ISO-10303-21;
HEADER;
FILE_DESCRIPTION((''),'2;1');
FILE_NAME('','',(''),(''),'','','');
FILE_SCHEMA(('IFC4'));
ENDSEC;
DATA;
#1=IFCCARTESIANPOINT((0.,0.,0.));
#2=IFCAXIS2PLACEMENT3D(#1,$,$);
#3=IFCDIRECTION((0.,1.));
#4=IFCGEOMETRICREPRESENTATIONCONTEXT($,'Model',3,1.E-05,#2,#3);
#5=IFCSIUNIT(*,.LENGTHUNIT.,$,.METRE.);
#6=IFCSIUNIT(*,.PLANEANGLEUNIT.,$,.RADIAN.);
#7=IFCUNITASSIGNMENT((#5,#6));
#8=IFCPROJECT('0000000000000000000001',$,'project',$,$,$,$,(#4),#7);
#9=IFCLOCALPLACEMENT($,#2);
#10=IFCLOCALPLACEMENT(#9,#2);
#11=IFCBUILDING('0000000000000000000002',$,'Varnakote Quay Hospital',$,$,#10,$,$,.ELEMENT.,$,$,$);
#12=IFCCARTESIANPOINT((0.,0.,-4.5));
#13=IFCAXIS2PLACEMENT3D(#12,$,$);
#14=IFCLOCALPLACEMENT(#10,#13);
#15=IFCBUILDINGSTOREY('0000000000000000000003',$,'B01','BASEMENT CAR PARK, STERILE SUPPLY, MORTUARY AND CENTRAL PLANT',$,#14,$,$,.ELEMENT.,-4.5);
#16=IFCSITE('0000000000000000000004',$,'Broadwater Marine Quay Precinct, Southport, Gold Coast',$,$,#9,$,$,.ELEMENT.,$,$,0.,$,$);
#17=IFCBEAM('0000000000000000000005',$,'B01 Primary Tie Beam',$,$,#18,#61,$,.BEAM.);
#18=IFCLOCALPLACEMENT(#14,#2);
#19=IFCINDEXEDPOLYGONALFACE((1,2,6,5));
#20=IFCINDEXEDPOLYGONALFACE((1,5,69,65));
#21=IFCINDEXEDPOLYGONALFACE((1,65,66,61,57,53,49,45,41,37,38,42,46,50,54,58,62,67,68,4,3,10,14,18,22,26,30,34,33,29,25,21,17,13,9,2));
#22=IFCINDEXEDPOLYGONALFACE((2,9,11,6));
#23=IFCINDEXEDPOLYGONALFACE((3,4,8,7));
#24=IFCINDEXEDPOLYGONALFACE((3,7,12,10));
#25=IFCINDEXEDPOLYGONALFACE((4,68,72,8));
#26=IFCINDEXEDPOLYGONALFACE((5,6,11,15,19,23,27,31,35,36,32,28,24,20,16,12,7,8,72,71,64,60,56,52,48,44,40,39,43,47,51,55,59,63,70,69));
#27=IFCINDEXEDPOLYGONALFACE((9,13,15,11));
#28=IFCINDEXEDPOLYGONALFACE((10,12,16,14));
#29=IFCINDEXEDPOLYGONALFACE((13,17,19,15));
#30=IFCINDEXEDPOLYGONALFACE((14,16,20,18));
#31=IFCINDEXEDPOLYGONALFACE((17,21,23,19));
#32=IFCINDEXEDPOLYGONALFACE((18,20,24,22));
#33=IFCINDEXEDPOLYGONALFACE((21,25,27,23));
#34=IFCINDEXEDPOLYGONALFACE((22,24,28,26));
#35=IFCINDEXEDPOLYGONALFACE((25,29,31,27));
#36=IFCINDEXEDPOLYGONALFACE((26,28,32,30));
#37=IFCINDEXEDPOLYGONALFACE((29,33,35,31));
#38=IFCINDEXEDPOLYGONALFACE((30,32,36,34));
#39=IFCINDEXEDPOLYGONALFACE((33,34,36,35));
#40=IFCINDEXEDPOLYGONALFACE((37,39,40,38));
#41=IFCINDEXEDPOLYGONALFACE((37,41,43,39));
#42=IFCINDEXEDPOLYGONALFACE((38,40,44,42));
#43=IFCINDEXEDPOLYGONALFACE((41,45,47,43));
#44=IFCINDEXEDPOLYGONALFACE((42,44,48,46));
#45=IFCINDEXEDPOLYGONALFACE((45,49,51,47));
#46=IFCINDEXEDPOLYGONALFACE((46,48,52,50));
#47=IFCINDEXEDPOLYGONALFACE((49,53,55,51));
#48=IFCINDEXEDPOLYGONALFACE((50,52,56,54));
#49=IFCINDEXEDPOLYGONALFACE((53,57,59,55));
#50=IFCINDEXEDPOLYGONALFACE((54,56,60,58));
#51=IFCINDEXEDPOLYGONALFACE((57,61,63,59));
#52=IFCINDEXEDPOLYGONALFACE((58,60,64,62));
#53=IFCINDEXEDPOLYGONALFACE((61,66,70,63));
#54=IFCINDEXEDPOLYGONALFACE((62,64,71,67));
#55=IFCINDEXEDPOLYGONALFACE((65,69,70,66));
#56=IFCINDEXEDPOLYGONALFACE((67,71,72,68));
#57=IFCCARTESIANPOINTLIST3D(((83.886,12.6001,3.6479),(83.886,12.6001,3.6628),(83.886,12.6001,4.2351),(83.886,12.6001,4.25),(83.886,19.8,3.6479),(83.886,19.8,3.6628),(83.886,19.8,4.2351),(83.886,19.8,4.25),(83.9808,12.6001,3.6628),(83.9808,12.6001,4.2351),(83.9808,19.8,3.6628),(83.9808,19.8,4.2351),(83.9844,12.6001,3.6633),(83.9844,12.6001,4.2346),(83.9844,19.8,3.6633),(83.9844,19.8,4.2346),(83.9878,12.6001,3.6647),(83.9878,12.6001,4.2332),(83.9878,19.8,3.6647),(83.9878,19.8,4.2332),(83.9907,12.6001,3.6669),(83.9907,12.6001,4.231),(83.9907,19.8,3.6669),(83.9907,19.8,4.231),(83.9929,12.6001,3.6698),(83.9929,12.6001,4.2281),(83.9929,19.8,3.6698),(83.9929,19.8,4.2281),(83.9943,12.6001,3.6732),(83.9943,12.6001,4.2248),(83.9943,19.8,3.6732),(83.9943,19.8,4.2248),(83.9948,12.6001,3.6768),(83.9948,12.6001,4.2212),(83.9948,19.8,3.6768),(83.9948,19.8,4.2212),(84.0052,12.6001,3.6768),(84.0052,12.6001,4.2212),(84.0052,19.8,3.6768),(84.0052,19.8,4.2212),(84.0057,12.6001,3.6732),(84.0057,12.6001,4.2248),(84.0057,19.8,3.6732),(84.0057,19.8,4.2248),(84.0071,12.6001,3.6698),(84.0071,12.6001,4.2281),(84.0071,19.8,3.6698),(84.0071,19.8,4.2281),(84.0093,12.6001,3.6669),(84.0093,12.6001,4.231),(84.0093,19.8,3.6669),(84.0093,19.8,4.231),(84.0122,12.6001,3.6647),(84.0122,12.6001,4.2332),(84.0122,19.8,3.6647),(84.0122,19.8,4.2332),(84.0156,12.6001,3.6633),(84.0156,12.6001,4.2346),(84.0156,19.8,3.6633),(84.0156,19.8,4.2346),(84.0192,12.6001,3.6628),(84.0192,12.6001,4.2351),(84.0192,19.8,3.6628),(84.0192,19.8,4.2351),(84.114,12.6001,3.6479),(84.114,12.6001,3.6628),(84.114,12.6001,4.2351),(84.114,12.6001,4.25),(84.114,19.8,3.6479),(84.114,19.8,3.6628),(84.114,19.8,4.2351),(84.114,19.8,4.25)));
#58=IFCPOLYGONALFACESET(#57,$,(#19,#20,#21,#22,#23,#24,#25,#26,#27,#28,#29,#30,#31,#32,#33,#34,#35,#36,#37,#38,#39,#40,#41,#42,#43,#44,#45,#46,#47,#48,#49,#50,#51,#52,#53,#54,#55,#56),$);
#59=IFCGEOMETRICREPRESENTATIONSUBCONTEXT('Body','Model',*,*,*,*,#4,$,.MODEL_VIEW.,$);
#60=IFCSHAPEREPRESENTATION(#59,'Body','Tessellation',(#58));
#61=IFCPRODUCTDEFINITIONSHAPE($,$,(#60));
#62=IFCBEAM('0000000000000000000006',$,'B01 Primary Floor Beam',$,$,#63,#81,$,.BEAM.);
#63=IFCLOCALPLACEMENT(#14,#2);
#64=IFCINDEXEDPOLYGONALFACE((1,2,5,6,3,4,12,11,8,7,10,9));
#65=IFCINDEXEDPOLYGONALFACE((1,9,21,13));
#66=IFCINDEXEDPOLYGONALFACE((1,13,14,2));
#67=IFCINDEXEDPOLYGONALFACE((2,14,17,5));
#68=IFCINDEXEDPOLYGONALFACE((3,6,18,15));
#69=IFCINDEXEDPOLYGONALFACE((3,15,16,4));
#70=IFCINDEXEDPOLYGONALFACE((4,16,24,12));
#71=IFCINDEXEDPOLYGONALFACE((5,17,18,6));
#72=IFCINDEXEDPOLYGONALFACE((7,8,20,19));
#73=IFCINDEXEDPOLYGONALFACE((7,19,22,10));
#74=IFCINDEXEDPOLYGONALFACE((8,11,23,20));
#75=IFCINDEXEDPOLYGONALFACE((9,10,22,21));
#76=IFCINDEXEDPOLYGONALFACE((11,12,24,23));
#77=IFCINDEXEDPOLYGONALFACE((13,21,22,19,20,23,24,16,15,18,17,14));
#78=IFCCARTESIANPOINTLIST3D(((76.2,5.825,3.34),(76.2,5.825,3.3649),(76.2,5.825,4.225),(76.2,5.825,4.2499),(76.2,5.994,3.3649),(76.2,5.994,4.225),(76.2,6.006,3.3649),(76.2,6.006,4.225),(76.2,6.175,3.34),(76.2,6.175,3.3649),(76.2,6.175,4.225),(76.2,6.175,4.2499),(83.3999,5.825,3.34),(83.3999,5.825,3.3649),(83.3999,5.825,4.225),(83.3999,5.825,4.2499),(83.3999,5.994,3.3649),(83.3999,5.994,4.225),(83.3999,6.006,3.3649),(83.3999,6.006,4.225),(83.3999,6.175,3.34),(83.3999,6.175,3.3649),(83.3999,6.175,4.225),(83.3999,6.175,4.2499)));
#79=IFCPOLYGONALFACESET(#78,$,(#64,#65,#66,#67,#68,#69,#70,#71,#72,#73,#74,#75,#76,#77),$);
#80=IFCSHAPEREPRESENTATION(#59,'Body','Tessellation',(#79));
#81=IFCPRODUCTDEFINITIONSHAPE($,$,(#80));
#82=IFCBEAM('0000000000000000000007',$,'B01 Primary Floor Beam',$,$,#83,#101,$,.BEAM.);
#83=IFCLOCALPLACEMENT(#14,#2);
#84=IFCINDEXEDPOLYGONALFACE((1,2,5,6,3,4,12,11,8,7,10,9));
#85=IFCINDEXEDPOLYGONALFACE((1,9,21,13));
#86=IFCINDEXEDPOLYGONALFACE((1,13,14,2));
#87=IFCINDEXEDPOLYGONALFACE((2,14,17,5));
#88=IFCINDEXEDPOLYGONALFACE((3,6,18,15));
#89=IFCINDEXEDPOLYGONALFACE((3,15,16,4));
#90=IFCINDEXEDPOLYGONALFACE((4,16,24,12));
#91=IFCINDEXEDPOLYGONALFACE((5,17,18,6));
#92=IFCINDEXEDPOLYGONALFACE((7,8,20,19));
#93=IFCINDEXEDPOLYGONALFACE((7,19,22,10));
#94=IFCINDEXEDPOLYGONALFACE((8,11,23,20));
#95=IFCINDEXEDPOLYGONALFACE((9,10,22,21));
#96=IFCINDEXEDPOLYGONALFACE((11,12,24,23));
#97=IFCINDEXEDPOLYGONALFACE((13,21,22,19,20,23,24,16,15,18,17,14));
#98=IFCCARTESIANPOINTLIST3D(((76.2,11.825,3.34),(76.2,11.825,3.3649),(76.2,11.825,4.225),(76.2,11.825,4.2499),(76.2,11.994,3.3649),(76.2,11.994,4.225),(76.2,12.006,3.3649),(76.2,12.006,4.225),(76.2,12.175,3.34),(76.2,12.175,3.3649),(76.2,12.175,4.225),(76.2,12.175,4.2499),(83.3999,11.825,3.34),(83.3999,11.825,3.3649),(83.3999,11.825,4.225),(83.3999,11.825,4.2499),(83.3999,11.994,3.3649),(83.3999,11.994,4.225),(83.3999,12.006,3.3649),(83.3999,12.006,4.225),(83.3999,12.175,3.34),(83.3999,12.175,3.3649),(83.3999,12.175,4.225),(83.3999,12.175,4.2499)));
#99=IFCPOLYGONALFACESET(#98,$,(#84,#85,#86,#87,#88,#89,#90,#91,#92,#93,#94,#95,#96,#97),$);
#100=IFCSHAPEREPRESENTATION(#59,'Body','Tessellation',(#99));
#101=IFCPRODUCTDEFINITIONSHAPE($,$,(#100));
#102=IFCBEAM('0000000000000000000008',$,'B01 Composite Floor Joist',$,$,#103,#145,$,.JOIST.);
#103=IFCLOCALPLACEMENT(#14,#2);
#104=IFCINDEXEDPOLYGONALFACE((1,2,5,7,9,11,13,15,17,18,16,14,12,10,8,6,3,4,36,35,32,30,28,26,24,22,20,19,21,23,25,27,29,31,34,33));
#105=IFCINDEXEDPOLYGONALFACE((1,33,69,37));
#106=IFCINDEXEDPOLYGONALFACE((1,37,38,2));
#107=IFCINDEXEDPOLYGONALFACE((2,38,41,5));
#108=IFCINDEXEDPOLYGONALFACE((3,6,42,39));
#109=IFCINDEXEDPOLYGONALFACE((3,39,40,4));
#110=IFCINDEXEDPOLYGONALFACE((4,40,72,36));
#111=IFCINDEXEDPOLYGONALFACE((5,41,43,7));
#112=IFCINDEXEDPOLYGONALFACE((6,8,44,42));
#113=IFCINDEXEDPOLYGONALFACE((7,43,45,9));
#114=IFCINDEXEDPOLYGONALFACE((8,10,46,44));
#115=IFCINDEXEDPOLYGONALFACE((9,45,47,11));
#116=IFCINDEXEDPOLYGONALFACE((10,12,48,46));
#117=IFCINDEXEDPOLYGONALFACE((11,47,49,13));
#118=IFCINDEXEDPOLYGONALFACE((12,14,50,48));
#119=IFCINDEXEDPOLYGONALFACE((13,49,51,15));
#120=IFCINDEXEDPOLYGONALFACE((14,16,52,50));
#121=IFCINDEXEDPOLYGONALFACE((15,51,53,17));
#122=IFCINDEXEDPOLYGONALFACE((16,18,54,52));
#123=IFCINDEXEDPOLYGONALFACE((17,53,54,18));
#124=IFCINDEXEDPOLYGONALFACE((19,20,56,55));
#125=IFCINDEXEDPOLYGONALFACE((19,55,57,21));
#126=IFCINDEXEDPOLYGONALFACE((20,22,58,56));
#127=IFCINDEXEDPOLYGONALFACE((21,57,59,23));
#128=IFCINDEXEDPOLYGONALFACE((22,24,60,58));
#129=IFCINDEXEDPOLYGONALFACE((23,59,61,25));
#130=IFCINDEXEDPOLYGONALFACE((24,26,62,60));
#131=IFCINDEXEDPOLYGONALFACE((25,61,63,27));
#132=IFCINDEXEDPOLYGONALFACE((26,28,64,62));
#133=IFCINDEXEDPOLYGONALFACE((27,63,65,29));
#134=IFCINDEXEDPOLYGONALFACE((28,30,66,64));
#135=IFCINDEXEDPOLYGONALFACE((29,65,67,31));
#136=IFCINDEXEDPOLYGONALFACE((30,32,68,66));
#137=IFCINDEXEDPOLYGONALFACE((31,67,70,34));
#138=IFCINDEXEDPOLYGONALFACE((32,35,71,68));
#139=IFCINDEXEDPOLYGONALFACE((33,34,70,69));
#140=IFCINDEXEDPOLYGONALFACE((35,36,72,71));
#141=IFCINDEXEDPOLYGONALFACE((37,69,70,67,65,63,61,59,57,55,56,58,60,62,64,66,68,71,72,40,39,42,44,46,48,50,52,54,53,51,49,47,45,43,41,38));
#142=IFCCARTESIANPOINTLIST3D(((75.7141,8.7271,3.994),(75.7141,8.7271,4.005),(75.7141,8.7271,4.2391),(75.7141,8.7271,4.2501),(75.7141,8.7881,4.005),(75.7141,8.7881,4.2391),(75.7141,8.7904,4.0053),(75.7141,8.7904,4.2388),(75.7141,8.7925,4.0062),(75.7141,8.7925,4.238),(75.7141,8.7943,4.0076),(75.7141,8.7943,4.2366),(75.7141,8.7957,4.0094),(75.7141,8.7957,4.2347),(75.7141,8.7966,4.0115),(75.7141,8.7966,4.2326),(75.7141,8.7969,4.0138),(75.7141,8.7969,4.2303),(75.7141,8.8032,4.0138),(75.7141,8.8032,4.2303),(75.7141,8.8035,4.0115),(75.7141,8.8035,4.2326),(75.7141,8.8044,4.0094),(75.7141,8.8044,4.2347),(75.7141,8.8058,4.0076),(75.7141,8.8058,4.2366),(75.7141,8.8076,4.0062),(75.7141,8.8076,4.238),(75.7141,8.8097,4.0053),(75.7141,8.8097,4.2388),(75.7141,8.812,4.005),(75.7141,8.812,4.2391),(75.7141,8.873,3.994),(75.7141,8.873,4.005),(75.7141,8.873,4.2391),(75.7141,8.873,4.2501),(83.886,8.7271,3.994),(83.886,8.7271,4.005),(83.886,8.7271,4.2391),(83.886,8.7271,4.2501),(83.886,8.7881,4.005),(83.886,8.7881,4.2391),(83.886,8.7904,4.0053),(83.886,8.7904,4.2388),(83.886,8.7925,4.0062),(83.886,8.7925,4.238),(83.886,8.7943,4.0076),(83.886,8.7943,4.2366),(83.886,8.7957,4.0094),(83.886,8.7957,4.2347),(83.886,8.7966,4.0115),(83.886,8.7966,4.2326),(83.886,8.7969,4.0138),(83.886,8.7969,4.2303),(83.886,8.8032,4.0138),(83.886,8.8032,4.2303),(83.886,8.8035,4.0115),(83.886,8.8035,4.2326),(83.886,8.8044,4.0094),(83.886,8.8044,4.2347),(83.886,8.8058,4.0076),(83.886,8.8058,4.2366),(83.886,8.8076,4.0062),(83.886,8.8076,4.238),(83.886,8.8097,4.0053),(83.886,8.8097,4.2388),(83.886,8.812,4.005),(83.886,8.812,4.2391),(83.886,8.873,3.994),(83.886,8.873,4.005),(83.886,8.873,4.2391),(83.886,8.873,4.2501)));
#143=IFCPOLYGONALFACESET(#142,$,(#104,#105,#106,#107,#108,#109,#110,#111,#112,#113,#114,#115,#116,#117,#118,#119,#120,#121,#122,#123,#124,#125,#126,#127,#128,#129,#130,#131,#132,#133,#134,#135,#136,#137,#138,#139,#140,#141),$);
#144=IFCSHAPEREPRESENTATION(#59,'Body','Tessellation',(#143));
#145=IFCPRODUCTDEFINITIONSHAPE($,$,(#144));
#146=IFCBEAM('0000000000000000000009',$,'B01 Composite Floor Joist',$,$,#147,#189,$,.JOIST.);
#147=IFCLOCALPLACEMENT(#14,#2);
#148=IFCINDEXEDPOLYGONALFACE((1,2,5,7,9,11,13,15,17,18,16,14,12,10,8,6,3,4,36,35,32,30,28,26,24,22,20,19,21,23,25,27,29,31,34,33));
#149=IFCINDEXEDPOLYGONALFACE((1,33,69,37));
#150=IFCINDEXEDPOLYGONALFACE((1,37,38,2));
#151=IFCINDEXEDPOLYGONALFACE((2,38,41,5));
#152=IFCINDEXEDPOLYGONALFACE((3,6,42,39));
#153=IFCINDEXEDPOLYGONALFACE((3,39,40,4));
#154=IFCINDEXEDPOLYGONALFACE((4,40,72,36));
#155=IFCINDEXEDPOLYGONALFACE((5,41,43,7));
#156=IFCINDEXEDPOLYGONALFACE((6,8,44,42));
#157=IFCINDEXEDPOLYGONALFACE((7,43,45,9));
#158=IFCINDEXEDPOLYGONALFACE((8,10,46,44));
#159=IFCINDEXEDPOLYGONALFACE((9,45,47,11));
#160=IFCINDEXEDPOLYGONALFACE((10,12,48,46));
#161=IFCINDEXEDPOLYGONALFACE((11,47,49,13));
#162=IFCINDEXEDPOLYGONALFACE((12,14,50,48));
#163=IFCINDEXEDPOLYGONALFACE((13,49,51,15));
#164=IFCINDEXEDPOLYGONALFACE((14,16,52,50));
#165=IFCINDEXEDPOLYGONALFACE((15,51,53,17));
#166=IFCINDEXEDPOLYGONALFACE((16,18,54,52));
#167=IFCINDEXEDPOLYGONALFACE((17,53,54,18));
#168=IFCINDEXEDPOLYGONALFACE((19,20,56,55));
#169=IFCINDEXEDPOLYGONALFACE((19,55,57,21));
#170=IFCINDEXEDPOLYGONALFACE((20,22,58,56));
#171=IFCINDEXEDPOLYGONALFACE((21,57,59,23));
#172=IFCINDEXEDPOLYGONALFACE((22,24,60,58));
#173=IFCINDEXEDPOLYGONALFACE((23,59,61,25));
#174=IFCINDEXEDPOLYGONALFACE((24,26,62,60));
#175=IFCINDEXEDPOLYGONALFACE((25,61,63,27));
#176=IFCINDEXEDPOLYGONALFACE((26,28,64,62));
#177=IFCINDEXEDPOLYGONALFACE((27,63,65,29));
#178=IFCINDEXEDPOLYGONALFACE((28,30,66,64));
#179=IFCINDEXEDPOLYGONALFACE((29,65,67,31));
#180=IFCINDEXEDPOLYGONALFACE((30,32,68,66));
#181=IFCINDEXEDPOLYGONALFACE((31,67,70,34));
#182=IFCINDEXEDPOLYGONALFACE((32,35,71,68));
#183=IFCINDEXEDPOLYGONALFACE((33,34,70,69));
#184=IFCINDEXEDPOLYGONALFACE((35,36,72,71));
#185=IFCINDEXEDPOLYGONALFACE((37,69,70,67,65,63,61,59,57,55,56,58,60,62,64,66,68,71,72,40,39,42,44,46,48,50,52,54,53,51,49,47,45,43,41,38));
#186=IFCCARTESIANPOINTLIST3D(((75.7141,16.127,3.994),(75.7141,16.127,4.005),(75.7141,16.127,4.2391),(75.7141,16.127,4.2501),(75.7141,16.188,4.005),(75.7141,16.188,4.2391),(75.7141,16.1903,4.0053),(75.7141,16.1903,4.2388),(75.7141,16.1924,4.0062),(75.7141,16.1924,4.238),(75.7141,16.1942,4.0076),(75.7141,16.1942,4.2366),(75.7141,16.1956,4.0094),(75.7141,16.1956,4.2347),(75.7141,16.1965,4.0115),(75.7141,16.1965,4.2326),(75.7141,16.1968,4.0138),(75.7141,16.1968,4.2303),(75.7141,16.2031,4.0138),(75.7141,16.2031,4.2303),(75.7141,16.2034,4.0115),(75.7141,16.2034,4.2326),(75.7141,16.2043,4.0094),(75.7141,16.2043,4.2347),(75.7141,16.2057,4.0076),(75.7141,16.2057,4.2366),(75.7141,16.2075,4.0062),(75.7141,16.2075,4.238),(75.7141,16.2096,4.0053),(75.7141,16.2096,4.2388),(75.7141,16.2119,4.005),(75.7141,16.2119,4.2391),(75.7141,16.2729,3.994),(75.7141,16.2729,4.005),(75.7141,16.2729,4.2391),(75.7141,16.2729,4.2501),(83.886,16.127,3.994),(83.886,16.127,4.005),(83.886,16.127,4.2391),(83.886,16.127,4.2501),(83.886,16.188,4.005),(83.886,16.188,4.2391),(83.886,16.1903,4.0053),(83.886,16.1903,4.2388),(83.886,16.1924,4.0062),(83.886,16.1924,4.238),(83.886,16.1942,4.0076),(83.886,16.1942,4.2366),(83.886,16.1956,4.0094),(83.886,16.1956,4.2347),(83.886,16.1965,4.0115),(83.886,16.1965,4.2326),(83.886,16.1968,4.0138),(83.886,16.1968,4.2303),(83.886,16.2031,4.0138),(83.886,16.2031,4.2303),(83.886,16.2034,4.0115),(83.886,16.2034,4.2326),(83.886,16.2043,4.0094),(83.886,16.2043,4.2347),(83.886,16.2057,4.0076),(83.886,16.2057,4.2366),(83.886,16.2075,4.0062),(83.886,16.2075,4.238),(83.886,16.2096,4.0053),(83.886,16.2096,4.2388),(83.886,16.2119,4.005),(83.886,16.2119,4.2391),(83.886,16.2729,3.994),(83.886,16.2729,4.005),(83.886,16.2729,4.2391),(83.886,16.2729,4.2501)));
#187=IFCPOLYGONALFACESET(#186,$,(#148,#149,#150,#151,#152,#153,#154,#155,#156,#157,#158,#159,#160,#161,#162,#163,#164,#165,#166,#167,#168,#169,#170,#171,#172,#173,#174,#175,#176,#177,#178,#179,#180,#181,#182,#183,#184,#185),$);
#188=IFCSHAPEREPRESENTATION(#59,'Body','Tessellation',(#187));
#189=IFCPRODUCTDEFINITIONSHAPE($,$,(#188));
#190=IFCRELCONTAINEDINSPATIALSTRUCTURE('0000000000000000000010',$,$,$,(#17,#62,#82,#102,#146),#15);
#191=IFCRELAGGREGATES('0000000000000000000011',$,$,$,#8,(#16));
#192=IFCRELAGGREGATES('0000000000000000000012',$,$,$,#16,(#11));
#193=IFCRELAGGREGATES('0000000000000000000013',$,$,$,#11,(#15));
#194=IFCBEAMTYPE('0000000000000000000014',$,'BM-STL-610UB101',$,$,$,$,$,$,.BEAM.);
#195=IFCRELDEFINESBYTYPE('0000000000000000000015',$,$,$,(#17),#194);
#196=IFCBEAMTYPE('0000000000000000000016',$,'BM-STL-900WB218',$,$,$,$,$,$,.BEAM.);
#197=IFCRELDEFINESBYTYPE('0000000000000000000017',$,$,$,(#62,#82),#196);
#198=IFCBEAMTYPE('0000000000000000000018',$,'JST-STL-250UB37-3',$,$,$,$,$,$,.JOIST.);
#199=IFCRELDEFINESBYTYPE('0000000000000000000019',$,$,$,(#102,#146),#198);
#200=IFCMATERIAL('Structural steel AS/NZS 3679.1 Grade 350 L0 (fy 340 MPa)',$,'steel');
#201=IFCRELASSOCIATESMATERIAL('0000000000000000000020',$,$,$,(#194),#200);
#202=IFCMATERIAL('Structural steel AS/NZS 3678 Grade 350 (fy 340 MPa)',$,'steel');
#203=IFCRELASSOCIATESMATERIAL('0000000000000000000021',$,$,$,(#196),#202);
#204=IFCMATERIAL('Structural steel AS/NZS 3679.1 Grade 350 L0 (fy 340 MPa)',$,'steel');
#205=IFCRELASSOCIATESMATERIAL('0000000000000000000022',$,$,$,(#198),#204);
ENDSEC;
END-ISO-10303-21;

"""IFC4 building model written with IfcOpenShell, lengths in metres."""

from ifc_helpers import new_model, si_unit, direction, frame, origin, origin_2d, place, context, subcontext, project, spatial, i_section, extrude, material, material_profile, profile_set, type_object, element, save


model = new_model("IFC4")

# Units and contexts
model_context = context("Model", 3, precision=1e-05, world=origin(), true_north=direction((0.0, 1.0)))
body_context = subcontext(model_context, "Body", "Model", "MODEL_VIEW")
ifc_project = project(units=[si_unit("LENGTHUNIT", "METRE"), si_unit("PLANEANGLEUNIT", "RADIAN")], contexts=[model_context])

# Site, building, storey
site_placement = place(None, origin())
site = spatial("IfcSite", under=ifc_project, at=site_placement, Name="Broadwater Marine Quay Precinct, Southport, Gold Coast", CompositionType="ELEMENT", RefElevation=0.0)
building_placement = place(site_placement, origin())
building = spatial("IfcBuilding", under=site, at=building_placement, Name="Varnakote Quay Hospital", CompositionType="ELEMENT")
storey_placement = place(building_placement, frame((0.0, 0.0, -4.5)))
storey = spatial("IfcBuildingStorey", under=building, at=storey_placement, Name="B01", Description="BASEMENT CAR PARK, STERILE SUPPLY, MORTUARY AND CENTRAL PLANT", CompositionType="ELEMENT", Elevation=-4.5)

# Beams
ifc_material_1 = material(Name="Structural steel AS/NZS 3679.1 Grade 350 L0 (fy 340 MPa)", Category="steel")
ifc_material_profile_1 = material_profile(ifc_material_1, i_section(OverallWidth=0.228, OverallDepth=0.6021, WebThickness=0.0105, FlangeThickness=0.0149, FilletRadius=0.0139, at=origin_2d()), Name="610UB101")
ifc_profile_set_1 = profile_set([ifc_material_profile_1], Name="Structural steel AS/NZS 3679.1 Grade 350 L0 (fy 340 MPa)")
beam_type_1 = type_object("IfcBeamType", Name="BM-STL-610UB101", PredefinedType="BEAM", material=ifc_profile_set_1)
beam_1_placement = place(storey_placement, frame((84.0, 12.6001, 3.949), z_axis=(0.0, 1.0, 0.0), x_axis=(-1.0, 0.0, 0.0)))
element("IfcBeam", 1, at=beam_1_placement, inside=storey, type_object=beam_type_1, Name="B01 Primary Tie Beam", PredefinedType="BEAM", context=body_context, shape_type="SweptSolid", body=[
    extrude(i_section(OverallWidth=0.228, OverallDepth=0.6021, WebThickness=0.0105, FlangeThickness=0.0149, FilletRadius=0.0139, at=origin_2d()), origin(), (0.0, 0.0, 1.0), 7.2),
])
ifc_material_2 = material(Name="Structural steel AS/NZS 3678 Grade 350 (fy 340 MPa)", Category="steel")
ifc_material_profile_2 = material_profile(ifc_material_2, i_section(OverallWidth=0.3501, OverallDepth=0.9099, WebThickness=0.012, FlangeThickness=0.0249, at=origin_2d()), Name="900WB218")
ifc_profile_set_2 = profile_set([ifc_material_profile_2], Name="Structural steel AS/NZS 3678 Grade 350 (fy 340 MPa)")
beam_type_2 = type_object("IfcBeamType", Name="BM-STL-900WB218", PredefinedType="BEAM", material=ifc_profile_set_2)
for number, where, z_axis, x_axis, name in (
    (2, (76.2, 6.0, 3.7949), (1.0, 0.0, 0.0), (0.0, 1.0, 0.0), "B01 Primary Floor Beam"),
    (3, (76.2, 12.0, 3.7949), (1.0, 0.0, 0.0), (0.0, 1.0, 0.0), "B01 Primary Floor Beam"),
):
    element("IfcBeam", number, at=place(storey_placement, frame(where, z_axis=z_axis, x_axis=x_axis)), inside=storey, type_object=beam_type_2, Name=name, PredefinedType="BEAM", context=body_context, shape_type="SweptSolid", body=[
        extrude(i_section(OverallWidth=0.3501, OverallDepth=0.9099, WebThickness=0.012, FlangeThickness=0.0249, at=origin_2d()), origin(), (0.0, 0.0, 1.0), 7.2),
    ])
ifc_material_3 = material(Name="Structural steel AS/NZS 3679.1 Grade 350 L0 (fy 340 MPa)", Category="steel")
ifc_material_profile_3 = material_profile(ifc_material_3, i_section(OverallWidth=0.146, OverallDepth=0.2561, WebThickness=0.0063, FlangeThickness=0.011, FilletRadius=0.0088, at=origin_2d()), Name="250UB37.3")
ifc_profile_set_3 = profile_set([ifc_material_profile_3], Name="Structural steel AS/NZS 3679.1 Grade 350 L0 (fy 340 MPa)")
beam_type_3 = type_object("IfcBeamType", Name="JST-STL-250UB37-3", PredefinedType="JOIST", material=ifc_profile_set_3)
for number, where, z_axis, x_axis, name in (
    (4, (75.7141, 8.8, 4.1221), (1.0, 0.0, 0.0), (0.0, 1.0, 0.0), "B01 Composite Floor Joist"),
    (5, (75.7141, 16.2, 4.1221), (1.0, 0.0, 0.0), (0.0, 1.0, 0.0), "B01 Composite Floor Joist"),
):
    element("IfcBeam", number, at=place(storey_placement, frame(where, z_axis=z_axis, x_axis=x_axis)), inside=storey, type_object=beam_type_3, Name=name, PredefinedType="JOIST", context=body_context, shape_type="SweptSolid", body=[
        extrude(i_section(OverallWidth=0.146, OverallDepth=0.2561, WebThickness=0.0063, FlangeThickness=0.011, FilletRadius=0.0088, at=origin_2d()), origin(), (0.0, 0.0, 1.0), 8.1719),
    ])

save(model, "model.ifc")
